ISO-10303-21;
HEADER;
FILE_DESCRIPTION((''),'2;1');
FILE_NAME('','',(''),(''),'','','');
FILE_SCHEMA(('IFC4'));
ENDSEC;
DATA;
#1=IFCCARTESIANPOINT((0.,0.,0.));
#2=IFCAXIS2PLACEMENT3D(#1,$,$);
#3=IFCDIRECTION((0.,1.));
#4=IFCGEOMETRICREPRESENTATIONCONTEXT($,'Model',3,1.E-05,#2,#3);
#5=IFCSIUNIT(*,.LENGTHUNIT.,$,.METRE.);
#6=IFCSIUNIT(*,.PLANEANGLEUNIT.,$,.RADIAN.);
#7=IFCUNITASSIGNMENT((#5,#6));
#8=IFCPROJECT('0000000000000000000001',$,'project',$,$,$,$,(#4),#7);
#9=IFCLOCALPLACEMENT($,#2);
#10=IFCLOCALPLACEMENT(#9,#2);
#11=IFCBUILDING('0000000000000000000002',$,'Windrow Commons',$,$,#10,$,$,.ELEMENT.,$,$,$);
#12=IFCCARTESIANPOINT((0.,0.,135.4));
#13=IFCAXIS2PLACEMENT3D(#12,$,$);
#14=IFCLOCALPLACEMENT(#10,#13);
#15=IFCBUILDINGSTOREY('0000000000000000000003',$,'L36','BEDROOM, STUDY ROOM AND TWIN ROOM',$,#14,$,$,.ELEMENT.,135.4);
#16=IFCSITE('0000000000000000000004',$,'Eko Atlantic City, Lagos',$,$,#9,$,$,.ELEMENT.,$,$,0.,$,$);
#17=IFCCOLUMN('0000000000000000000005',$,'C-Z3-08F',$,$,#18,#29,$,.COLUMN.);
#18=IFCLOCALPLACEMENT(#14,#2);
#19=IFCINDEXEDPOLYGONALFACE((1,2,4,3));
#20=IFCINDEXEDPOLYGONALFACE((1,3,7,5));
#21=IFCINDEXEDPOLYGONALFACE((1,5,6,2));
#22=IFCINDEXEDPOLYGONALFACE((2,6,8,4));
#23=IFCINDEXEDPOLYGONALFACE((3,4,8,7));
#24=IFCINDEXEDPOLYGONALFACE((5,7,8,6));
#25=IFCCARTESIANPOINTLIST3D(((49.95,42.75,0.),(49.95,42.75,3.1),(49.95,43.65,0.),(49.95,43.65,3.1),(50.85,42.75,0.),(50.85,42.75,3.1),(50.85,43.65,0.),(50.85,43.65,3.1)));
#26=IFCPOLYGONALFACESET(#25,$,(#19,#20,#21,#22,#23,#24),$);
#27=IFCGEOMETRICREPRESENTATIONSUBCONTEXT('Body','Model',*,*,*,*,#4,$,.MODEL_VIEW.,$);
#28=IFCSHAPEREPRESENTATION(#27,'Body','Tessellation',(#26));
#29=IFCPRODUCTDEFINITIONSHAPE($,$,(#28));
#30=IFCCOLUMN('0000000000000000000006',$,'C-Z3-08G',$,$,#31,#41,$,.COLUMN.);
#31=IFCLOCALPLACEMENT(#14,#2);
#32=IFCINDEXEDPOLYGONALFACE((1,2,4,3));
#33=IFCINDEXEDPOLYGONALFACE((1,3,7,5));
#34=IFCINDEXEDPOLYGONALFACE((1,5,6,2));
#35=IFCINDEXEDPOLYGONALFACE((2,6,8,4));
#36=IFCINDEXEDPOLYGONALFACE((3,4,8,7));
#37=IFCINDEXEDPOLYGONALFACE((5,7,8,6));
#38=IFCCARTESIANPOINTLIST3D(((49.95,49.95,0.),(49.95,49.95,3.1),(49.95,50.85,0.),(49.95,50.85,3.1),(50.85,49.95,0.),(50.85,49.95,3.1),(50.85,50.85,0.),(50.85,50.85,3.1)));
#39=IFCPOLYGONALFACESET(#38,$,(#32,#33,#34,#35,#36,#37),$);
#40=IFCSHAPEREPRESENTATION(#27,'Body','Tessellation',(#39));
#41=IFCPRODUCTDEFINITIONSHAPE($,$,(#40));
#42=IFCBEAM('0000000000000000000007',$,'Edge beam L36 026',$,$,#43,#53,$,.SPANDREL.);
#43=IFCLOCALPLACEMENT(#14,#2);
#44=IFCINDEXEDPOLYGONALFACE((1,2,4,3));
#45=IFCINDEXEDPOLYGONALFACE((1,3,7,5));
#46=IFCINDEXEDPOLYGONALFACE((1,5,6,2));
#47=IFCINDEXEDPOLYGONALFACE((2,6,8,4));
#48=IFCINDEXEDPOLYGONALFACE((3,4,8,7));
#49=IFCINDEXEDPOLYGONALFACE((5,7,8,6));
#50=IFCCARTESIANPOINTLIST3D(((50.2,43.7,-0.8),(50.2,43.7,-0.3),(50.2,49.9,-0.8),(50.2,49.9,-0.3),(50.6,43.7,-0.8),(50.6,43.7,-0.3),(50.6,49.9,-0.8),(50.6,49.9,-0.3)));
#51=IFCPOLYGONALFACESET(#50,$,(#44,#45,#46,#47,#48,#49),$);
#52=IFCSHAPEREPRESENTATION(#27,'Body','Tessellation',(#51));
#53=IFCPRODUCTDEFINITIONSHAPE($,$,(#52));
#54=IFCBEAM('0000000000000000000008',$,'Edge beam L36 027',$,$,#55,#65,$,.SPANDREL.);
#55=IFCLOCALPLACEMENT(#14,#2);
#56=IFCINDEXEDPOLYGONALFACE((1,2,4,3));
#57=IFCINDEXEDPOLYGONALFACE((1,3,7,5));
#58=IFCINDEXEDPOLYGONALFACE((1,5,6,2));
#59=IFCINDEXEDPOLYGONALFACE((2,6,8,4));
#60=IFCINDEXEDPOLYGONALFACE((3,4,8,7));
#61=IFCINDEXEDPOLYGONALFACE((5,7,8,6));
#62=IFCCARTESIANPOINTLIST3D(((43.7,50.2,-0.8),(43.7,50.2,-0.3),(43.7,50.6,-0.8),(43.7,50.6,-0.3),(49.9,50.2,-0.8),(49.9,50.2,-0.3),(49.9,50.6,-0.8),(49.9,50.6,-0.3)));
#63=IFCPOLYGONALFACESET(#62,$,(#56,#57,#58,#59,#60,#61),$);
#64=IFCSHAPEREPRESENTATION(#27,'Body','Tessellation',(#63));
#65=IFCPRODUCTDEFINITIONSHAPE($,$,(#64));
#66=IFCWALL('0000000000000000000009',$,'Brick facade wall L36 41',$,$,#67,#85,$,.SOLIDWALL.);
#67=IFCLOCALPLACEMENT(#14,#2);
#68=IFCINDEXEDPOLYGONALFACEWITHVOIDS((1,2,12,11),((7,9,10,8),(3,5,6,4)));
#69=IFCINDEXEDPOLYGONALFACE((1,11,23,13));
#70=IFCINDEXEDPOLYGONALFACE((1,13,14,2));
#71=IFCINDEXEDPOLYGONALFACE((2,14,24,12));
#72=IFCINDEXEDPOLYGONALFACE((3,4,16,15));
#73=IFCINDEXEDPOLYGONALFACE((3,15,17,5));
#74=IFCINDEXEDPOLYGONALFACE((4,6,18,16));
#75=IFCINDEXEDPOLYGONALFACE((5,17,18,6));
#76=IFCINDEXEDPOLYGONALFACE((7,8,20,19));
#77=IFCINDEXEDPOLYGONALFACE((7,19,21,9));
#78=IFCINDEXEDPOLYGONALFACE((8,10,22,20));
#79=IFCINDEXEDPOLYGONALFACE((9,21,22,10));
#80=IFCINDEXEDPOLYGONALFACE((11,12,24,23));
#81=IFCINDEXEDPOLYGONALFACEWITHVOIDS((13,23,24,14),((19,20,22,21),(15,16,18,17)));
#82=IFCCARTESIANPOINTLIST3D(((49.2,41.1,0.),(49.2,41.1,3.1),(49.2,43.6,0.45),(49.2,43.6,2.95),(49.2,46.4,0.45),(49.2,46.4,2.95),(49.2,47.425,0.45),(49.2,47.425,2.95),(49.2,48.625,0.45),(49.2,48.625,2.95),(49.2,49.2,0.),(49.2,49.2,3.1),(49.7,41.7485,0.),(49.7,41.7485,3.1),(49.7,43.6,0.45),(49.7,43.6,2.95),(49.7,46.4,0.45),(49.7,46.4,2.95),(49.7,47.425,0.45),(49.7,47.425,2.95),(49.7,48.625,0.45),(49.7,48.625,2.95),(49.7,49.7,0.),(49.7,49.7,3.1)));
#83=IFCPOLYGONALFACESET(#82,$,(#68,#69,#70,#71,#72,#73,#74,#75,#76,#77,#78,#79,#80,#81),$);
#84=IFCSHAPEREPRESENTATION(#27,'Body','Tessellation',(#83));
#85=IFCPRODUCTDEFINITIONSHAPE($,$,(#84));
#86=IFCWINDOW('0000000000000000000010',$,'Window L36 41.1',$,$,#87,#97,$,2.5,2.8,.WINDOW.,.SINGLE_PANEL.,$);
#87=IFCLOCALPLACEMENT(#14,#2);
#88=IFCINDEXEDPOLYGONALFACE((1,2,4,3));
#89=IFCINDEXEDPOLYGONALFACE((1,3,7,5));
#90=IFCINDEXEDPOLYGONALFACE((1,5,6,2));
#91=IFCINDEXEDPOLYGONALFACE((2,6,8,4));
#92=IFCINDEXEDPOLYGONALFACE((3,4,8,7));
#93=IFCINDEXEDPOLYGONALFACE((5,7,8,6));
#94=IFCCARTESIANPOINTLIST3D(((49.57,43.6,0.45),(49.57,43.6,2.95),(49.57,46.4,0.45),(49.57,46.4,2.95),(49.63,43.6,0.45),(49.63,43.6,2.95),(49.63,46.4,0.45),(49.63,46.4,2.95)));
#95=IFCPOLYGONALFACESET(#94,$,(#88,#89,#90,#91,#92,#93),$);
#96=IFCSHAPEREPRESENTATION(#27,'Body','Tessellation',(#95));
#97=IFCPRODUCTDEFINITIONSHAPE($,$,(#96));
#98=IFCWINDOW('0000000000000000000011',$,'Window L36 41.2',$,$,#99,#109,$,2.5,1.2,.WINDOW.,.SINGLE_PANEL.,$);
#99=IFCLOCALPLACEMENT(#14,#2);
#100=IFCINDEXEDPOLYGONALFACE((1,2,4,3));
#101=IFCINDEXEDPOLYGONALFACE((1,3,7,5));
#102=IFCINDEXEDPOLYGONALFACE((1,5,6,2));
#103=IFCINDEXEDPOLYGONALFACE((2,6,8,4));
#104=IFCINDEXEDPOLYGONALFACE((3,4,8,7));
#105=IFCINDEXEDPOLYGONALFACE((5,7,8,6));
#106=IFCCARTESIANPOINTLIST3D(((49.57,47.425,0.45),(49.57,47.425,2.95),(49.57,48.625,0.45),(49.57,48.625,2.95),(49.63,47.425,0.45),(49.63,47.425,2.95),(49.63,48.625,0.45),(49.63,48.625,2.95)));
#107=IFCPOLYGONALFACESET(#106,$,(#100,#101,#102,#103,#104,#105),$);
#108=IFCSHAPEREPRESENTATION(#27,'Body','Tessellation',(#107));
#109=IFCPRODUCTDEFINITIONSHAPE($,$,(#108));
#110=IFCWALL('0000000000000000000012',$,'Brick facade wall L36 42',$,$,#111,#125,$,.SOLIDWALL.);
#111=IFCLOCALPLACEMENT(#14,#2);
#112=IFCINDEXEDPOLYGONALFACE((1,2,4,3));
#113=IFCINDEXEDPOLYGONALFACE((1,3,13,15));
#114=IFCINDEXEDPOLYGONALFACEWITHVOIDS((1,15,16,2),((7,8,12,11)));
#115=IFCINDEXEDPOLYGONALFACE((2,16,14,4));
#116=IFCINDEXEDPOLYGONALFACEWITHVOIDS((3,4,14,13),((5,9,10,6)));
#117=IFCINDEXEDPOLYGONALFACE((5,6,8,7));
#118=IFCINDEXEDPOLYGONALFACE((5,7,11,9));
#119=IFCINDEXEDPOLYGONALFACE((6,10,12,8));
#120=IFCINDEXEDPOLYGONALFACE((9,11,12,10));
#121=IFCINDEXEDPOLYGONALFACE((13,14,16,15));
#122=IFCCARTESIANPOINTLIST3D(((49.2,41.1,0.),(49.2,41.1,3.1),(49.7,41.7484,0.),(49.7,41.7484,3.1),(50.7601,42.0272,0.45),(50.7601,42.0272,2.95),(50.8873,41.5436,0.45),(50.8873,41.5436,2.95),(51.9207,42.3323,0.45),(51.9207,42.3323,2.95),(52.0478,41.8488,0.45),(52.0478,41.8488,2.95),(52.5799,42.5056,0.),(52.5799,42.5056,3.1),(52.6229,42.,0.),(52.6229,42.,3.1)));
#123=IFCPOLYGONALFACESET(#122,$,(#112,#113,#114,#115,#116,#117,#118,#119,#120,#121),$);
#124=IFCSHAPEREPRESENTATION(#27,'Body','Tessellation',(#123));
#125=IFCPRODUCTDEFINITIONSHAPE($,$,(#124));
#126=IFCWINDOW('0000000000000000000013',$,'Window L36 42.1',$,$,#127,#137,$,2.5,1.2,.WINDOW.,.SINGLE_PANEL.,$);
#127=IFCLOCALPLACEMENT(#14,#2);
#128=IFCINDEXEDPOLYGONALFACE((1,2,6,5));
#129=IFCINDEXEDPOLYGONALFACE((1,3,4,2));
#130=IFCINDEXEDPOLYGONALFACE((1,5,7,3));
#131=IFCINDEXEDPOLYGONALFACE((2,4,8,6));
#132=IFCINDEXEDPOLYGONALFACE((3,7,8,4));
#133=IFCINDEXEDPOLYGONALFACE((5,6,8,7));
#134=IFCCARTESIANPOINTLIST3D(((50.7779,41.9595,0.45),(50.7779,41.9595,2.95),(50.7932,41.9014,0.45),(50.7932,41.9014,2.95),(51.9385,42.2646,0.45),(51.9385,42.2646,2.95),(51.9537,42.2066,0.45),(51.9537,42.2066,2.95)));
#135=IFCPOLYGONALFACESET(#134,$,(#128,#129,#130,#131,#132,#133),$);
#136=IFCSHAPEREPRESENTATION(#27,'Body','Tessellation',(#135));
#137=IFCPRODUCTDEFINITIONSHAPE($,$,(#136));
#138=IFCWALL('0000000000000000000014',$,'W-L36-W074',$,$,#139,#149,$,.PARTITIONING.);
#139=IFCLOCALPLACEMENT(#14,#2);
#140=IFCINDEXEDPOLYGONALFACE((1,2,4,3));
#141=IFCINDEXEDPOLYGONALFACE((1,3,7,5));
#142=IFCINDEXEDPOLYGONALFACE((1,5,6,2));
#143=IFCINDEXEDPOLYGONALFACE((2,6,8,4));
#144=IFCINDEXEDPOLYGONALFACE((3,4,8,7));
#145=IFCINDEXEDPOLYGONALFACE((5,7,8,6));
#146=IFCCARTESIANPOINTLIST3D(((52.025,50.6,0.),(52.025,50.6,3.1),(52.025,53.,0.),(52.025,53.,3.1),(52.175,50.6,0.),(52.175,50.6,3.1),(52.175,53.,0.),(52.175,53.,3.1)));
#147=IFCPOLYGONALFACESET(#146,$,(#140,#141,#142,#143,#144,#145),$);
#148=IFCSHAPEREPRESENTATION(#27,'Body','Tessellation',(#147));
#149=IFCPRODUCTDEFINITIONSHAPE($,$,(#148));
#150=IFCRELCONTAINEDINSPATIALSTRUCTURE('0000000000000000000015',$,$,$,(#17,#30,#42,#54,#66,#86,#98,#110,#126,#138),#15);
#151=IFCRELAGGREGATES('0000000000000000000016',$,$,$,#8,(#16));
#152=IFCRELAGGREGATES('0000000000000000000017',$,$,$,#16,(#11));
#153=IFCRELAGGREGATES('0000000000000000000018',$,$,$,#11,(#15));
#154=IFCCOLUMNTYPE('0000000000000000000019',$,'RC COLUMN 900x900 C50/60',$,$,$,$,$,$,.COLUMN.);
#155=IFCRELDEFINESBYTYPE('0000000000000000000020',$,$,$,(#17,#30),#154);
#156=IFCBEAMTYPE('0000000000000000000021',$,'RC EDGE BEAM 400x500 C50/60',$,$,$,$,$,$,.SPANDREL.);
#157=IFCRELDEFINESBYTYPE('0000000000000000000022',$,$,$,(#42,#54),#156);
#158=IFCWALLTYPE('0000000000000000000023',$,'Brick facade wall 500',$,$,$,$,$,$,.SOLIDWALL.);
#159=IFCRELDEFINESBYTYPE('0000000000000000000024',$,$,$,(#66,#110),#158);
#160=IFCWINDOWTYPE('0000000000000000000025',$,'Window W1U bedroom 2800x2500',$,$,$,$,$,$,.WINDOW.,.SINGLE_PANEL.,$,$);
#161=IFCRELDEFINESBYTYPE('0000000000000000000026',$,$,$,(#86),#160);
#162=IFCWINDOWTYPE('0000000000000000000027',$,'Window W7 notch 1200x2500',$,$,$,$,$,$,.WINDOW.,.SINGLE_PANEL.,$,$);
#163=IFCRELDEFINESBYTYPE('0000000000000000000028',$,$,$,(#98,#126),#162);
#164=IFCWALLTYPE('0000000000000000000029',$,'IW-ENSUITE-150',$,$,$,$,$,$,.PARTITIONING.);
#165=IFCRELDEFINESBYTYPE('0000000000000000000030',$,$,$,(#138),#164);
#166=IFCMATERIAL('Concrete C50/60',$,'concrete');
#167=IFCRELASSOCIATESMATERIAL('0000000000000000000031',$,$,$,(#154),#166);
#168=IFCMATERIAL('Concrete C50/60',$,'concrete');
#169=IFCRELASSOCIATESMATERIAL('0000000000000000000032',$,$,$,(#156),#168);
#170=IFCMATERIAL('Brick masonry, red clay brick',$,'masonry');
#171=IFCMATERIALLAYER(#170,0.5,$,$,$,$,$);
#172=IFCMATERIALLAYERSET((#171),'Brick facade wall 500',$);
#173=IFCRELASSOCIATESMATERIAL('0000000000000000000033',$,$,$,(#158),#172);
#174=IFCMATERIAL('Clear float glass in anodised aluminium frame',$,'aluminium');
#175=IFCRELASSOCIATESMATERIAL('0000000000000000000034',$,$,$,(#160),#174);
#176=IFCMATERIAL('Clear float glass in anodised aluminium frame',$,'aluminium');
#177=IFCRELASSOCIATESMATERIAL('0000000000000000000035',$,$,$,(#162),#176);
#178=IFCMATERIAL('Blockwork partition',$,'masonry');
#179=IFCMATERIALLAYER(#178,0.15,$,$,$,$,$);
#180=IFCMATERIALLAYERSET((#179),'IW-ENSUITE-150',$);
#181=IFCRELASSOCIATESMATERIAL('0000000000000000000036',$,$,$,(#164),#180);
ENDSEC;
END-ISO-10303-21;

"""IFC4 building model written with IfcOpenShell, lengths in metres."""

from ifc_helpers import new_model, si_unit, direction, frame, frame_2d, origin, origin_2d, place, context, subcontext, project, spatial, polyline, rectangle, outline, extrude, material, layer, layer_set, material_profile, profile_set, type_object, element, fill, save


model = new_model("IFC4")

# Units and contexts
model_context = context("Model", 3, precision=1e-05, world=origin(), true_north=direction((0.0, 1.0)))
body_context = subcontext(model_context, "Body", "Model", "MODEL_VIEW")
ifc_project = project(units=[si_unit("LENGTHUNIT", "METRE"), si_unit("PLANEANGLEUNIT", "RADIAN")], contexts=[model_context])

# Site, building, storey
site_placement = place(None, origin())
site = spatial("IfcSite", under=ifc_project, at=site_placement, Name="Eko Atlantic City, Lagos", CompositionType="ELEMENT", RefElevation=0.0)
building_placement = place(site_placement, origin())
building = spatial("IfcBuilding", under=site, at=building_placement, Name="Windrow Commons", CompositionType="ELEMENT")
storey_placement = place(building_placement, frame((0.0, 0.0, 135.4)))
storey = spatial("IfcBuildingStorey", under=building, at=storey_placement, Name="L36", Description="BEDROOM, STUDY ROOM AND TWIN ROOM", CompositionType="ELEMENT", Elevation=135.4)

# Columns
ifc_material_1 = material(Name="Concrete C50/60", Category="concrete")
ifc_material_profile_1 = material_profile(ifc_material_1, rectangle(XDim=0.9, YDim=0.9, at=origin_2d()))
ifc_profile_set_1 = profile_set([ifc_material_profile_1], Name="Concrete C50/60")
column_type = type_object("IfcColumnType", Name="RC COLUMN 900x900 C50/60", PredefinedType="COLUMN", material=ifc_profile_set_1)
for number, where, z_axis, x_axis, name in (
    (1, (50.4, 43.2, 0.0), (0.0, 0.0, 1.0), (1.0, 0.0, 0.0), "C-Z3-08F"),
    (2, (50.4, 50.4, 0.0), (0.0, 0.0, 1.0), (1.0, 0.0, 0.0), "C-Z3-08G"),
):
    element("IfcColumn", number, at=place(storey_placement, frame(where, z_axis=z_axis, x_axis=x_axis)), inside=storey, type_object=column_type, Name=name, PredefinedType="COLUMN", context=body_context, shape_type="SweptSolid", body=[
        extrude(rectangle(XDim=0.9, YDim=0.9, at=origin_2d()), origin(), (0.0, 0.0, 1.0), 3.1),
    ])

# Beams
ifc_material_2 = material(Name="Concrete C50/60", Category="concrete")
ifc_material_profile_2 = material_profile(ifc_material_2, rectangle(XDim=0.4, YDim=0.5, at=origin_2d()))
ifc_profile_set_2 = profile_set([ifc_material_profile_2], Name="Concrete C50/60")
beam_type = type_object("IfcBeamType", Name="RC EDGE BEAM 400x500 C50/60", PredefinedType="SPANDREL", material=ifc_profile_set_2)
for number, where, z_axis, x_axis, name in (
    (3, (50.4, 43.7, -0.55), (0.0, 1.0, 0.0), (-1.0, 0.0, 0.0), "Edge beam L36 026"),
    (4, (49.9, 50.4, -0.55), (-1.0, 0.0, 0.0), (0.0, -1.0, 0.0), "Edge beam L36 027"),
):
    element("IfcBeam", number, at=place(storey_placement, frame(where, z_axis=z_axis, x_axis=x_axis)), inside=storey, type_object=beam_type, Name=name, PredefinedType="SPANDREL", context=body_context, shape_type="SweptSolid", body=[
        extrude(rectangle(XDim=0.4, YDim=0.5, at=origin_2d()), origin(), (0.0, 0.0, 1.0), 6.2),
    ])

# Wall, openings, windows
ifc_material_3 = material(Name="Brick masonry, red clay brick", Category="masonry")
ifc_layer_1 = layer(ifc_material_3, 0.5)
ifc_layer_set_1 = layer_set([ifc_layer_1], Name="Brick facade wall 500")
wall_type_1 = type_object("IfcWallType", Name="Brick facade wall 500", PredefinedType="SOLIDWALL", material=ifc_layer_set_1)
wall_1_placement = place(storey_placement, frame((49.45, 49.45, 0.0), z_axis=(0.0, 0.0, 1.0), x_axis=(0.0, -1.0, 0.0)))
wall_1 = element("IfcWall", 5, at=wall_1_placement, inside=storey, type_object=wall_type_1, Name="Brick facade wall L36 41", PredefinedType="SOLIDWALL", context=body_context, shape_type="SweptSolid", body=[
    extrude(outline(polyline([(0.25, -0.25), (8.35, -0.25), (7.7015, 0.25), (-0.25, 0.25), (0.25, -0.25)])), origin(), (0.0, 0.0, 1.0), 3.1),
])
opening_1_placement = place(wall_1_placement, frame((3.05, 0.0, 0.45)))
opening_1 = element("IfcOpeningElement", 6, at=opening_1_placement, cuts=wall_1, PredefinedType="OPENING", context=body_context, shape_type="SweptSolid", body=[
    extrude(rectangle(XDim=2.8, YDim=2.5, at=frame_2d((1.4, 1.25))), frame((0.0, 0.26, 0.0), z_axis=(0.0, -1.0, 0.0), x_axis=(1.0, 0.0, 0.0)), (0.0, 0.0, 1.0), 0.52),
])
opening_2_placement = place(wall_1_placement, frame((0.825, 0.0, 0.45)))
opening_2 = element("IfcOpeningElement", 7, at=opening_2_placement, cuts=wall_1, PredefinedType="OPENING", context=body_context, shape_type="SweptSolid", body=[
    extrude(rectangle(XDim=1.2, YDim=2.5, at=frame_2d((0.6, 1.25))), frame((0.0, 0.26, 0.0), z_axis=(0.0, -1.0, 0.0), x_axis=(1.0, 0.0, 0.0)), (0.0, 0.0, 1.0), 0.52),
])
ifc_material_4 = material(Name="Clear float glass in anodised aluminium frame", Category="aluminium")
window_type_1 = type_object("IfcWindowType", Name="Window W1U bedroom 2800x2500", PartitioningType="SINGLE_PANEL", PredefinedType="WINDOW", material=ifc_material_4)
window_1_placement = place(opening_1_placement, origin())
window_1 = element("IfcWindow", 8, at=window_1_placement, inside=storey, type_object=window_type_1, Name="Window L36 41.1", OverallHeight=2.5, OverallWidth=2.8, PartitioningType="SINGLE_PANEL", PredefinedType="WINDOW", context=body_context, shape_type="SweptSolid", body=[
    extrude(rectangle(XDim=2.8, YDim=2.5, at=frame_2d((1.4, 1.25))), frame((0.0, 0.18, 0.0), z_axis=(0.0, -1.0, 0.0), x_axis=(1.0, 0.0, 0.0)), (0.0, 0.0, 1.0), 0.06),
])
fill(opening_1, window_1)
ifc_material_5 = material(Name="Clear float glass in anodised aluminium frame", Category="aluminium")
window_type_2 = type_object("IfcWindowType", Name="Window W7 notch 1200x2500", PartitioningType="SINGLE_PANEL", PredefinedType="WINDOW", material=ifc_material_5)
window_2_placement = place(opening_2_placement, origin())
window_2 = element("IfcWindow", 9, at=window_2_placement, inside=storey, type_object=window_type_2, Name="Window L36 41.2", OverallHeight=2.5, OverallWidth=1.2, PartitioningType="SINGLE_PANEL", PredefinedType="WINDOW", context=body_context, shape_type="SweptSolid", body=[
    extrude(rectangle(XDim=1.2, YDim=2.5, at=frame_2d((0.6, 1.25))), frame((0.0, 0.18, 0.0), z_axis=(0.0, -1.0, 0.0), x_axis=(1.0, 0.0, 0.0)), (0.0, 0.0, 1.0), 0.06),
])
fill(opening_2, window_2)

# Wall, opening, window
wall_2_placement = place(storey_placement, frame((49.45, 41.4242, 0.0), z_axis=(0.0, 0.0, 1.0), x_axis=(0.967129, 0.254288, 0.0)))
wall_2 = element("IfcWall", 10, at=wall_2_placement, inside=storey, type_object=wall_type_1, Name="Brick facade wall L36 42", PredefinedType="SOLIDWALL", context=body_context, shape_type="SweptSolid", body=[
    extrude(outline(polyline([(-0.3242, -0.25), (3.215, -0.25), (3.302, 0.25), (0.3242, 0.25), (-0.3242, -0.25)])), origin(), (0.0, 0.0, 1.0), 3.1),
])
opening_3_placement = place(wall_2_placement, frame((1.4204, 0.0, 0.45)))
opening_3 = element("IfcOpeningElement", 11, at=opening_3_placement, cuts=wall_2, PredefinedType="OPENING", context=body_context, shape_type="SweptSolid", body=[
    extrude(rectangle(XDim=1.2, YDim=2.5, at=frame_2d((0.6, 1.25))), frame((0.0, 0.26, 0.0), z_axis=(0.0, -1.0, 0.0), x_axis=(1.0, 0.0, 0.0)), (0.0, 0.0, 1.0), 0.52),
])
window_3_placement = place(opening_3_placement, origin())
window_3 = element("IfcWindow", 12, at=window_3_placement, inside=storey, type_object=window_type_2, Name="Window L36 42.1", OverallHeight=2.5, OverallWidth=1.2, PartitioningType="SINGLE_PANEL", PredefinedType="WINDOW", context=body_context, shape_type="SweptSolid", body=[
    extrude(rectangle(XDim=1.2, YDim=2.5, at=frame_2d((0.6, 1.25))), frame((0.0, 0.18, 0.0), z_axis=(0.0, -1.0, 0.0), x_axis=(1.0, 0.0, 0.0)), (0.0, 0.0, 1.0), 0.06),
])
fill(opening_3, window_3)

# Wall
ifc_material_6 = material(Name="Blockwork partition", Category="masonry")
ifc_layer_2 = layer(ifc_material_6, 0.15)
ifc_layer_set_2 = layer_set([ifc_layer_2], Name="IW-ENSUITE-150")
wall_type_2 = type_object("IfcWallType", Name="IW-ENSUITE-150", PredefinedType="PARTITIONING", material=ifc_layer_set_2)
wall_3_placement = place(storey_placement, frame((52.1, 50.6, 0.0), z_axis=(0.0, 0.0, 1.0), x_axis=(0.0, 1.0, 0.0)))
element("IfcWall", 13, at=wall_3_placement, inside=storey, type_object=wall_type_2, Name="W-L36-W074", PredefinedType="PARTITIONING", context=body_context, shape_type="SweptSolid", body=[
    extrude(rectangle(XDim=2.4, YDim=0.15, at=frame_2d((1.2, 0.0))), origin(), (0.0, 0.0, 1.0), 3.1),
])

save(model, "model.ifc")
